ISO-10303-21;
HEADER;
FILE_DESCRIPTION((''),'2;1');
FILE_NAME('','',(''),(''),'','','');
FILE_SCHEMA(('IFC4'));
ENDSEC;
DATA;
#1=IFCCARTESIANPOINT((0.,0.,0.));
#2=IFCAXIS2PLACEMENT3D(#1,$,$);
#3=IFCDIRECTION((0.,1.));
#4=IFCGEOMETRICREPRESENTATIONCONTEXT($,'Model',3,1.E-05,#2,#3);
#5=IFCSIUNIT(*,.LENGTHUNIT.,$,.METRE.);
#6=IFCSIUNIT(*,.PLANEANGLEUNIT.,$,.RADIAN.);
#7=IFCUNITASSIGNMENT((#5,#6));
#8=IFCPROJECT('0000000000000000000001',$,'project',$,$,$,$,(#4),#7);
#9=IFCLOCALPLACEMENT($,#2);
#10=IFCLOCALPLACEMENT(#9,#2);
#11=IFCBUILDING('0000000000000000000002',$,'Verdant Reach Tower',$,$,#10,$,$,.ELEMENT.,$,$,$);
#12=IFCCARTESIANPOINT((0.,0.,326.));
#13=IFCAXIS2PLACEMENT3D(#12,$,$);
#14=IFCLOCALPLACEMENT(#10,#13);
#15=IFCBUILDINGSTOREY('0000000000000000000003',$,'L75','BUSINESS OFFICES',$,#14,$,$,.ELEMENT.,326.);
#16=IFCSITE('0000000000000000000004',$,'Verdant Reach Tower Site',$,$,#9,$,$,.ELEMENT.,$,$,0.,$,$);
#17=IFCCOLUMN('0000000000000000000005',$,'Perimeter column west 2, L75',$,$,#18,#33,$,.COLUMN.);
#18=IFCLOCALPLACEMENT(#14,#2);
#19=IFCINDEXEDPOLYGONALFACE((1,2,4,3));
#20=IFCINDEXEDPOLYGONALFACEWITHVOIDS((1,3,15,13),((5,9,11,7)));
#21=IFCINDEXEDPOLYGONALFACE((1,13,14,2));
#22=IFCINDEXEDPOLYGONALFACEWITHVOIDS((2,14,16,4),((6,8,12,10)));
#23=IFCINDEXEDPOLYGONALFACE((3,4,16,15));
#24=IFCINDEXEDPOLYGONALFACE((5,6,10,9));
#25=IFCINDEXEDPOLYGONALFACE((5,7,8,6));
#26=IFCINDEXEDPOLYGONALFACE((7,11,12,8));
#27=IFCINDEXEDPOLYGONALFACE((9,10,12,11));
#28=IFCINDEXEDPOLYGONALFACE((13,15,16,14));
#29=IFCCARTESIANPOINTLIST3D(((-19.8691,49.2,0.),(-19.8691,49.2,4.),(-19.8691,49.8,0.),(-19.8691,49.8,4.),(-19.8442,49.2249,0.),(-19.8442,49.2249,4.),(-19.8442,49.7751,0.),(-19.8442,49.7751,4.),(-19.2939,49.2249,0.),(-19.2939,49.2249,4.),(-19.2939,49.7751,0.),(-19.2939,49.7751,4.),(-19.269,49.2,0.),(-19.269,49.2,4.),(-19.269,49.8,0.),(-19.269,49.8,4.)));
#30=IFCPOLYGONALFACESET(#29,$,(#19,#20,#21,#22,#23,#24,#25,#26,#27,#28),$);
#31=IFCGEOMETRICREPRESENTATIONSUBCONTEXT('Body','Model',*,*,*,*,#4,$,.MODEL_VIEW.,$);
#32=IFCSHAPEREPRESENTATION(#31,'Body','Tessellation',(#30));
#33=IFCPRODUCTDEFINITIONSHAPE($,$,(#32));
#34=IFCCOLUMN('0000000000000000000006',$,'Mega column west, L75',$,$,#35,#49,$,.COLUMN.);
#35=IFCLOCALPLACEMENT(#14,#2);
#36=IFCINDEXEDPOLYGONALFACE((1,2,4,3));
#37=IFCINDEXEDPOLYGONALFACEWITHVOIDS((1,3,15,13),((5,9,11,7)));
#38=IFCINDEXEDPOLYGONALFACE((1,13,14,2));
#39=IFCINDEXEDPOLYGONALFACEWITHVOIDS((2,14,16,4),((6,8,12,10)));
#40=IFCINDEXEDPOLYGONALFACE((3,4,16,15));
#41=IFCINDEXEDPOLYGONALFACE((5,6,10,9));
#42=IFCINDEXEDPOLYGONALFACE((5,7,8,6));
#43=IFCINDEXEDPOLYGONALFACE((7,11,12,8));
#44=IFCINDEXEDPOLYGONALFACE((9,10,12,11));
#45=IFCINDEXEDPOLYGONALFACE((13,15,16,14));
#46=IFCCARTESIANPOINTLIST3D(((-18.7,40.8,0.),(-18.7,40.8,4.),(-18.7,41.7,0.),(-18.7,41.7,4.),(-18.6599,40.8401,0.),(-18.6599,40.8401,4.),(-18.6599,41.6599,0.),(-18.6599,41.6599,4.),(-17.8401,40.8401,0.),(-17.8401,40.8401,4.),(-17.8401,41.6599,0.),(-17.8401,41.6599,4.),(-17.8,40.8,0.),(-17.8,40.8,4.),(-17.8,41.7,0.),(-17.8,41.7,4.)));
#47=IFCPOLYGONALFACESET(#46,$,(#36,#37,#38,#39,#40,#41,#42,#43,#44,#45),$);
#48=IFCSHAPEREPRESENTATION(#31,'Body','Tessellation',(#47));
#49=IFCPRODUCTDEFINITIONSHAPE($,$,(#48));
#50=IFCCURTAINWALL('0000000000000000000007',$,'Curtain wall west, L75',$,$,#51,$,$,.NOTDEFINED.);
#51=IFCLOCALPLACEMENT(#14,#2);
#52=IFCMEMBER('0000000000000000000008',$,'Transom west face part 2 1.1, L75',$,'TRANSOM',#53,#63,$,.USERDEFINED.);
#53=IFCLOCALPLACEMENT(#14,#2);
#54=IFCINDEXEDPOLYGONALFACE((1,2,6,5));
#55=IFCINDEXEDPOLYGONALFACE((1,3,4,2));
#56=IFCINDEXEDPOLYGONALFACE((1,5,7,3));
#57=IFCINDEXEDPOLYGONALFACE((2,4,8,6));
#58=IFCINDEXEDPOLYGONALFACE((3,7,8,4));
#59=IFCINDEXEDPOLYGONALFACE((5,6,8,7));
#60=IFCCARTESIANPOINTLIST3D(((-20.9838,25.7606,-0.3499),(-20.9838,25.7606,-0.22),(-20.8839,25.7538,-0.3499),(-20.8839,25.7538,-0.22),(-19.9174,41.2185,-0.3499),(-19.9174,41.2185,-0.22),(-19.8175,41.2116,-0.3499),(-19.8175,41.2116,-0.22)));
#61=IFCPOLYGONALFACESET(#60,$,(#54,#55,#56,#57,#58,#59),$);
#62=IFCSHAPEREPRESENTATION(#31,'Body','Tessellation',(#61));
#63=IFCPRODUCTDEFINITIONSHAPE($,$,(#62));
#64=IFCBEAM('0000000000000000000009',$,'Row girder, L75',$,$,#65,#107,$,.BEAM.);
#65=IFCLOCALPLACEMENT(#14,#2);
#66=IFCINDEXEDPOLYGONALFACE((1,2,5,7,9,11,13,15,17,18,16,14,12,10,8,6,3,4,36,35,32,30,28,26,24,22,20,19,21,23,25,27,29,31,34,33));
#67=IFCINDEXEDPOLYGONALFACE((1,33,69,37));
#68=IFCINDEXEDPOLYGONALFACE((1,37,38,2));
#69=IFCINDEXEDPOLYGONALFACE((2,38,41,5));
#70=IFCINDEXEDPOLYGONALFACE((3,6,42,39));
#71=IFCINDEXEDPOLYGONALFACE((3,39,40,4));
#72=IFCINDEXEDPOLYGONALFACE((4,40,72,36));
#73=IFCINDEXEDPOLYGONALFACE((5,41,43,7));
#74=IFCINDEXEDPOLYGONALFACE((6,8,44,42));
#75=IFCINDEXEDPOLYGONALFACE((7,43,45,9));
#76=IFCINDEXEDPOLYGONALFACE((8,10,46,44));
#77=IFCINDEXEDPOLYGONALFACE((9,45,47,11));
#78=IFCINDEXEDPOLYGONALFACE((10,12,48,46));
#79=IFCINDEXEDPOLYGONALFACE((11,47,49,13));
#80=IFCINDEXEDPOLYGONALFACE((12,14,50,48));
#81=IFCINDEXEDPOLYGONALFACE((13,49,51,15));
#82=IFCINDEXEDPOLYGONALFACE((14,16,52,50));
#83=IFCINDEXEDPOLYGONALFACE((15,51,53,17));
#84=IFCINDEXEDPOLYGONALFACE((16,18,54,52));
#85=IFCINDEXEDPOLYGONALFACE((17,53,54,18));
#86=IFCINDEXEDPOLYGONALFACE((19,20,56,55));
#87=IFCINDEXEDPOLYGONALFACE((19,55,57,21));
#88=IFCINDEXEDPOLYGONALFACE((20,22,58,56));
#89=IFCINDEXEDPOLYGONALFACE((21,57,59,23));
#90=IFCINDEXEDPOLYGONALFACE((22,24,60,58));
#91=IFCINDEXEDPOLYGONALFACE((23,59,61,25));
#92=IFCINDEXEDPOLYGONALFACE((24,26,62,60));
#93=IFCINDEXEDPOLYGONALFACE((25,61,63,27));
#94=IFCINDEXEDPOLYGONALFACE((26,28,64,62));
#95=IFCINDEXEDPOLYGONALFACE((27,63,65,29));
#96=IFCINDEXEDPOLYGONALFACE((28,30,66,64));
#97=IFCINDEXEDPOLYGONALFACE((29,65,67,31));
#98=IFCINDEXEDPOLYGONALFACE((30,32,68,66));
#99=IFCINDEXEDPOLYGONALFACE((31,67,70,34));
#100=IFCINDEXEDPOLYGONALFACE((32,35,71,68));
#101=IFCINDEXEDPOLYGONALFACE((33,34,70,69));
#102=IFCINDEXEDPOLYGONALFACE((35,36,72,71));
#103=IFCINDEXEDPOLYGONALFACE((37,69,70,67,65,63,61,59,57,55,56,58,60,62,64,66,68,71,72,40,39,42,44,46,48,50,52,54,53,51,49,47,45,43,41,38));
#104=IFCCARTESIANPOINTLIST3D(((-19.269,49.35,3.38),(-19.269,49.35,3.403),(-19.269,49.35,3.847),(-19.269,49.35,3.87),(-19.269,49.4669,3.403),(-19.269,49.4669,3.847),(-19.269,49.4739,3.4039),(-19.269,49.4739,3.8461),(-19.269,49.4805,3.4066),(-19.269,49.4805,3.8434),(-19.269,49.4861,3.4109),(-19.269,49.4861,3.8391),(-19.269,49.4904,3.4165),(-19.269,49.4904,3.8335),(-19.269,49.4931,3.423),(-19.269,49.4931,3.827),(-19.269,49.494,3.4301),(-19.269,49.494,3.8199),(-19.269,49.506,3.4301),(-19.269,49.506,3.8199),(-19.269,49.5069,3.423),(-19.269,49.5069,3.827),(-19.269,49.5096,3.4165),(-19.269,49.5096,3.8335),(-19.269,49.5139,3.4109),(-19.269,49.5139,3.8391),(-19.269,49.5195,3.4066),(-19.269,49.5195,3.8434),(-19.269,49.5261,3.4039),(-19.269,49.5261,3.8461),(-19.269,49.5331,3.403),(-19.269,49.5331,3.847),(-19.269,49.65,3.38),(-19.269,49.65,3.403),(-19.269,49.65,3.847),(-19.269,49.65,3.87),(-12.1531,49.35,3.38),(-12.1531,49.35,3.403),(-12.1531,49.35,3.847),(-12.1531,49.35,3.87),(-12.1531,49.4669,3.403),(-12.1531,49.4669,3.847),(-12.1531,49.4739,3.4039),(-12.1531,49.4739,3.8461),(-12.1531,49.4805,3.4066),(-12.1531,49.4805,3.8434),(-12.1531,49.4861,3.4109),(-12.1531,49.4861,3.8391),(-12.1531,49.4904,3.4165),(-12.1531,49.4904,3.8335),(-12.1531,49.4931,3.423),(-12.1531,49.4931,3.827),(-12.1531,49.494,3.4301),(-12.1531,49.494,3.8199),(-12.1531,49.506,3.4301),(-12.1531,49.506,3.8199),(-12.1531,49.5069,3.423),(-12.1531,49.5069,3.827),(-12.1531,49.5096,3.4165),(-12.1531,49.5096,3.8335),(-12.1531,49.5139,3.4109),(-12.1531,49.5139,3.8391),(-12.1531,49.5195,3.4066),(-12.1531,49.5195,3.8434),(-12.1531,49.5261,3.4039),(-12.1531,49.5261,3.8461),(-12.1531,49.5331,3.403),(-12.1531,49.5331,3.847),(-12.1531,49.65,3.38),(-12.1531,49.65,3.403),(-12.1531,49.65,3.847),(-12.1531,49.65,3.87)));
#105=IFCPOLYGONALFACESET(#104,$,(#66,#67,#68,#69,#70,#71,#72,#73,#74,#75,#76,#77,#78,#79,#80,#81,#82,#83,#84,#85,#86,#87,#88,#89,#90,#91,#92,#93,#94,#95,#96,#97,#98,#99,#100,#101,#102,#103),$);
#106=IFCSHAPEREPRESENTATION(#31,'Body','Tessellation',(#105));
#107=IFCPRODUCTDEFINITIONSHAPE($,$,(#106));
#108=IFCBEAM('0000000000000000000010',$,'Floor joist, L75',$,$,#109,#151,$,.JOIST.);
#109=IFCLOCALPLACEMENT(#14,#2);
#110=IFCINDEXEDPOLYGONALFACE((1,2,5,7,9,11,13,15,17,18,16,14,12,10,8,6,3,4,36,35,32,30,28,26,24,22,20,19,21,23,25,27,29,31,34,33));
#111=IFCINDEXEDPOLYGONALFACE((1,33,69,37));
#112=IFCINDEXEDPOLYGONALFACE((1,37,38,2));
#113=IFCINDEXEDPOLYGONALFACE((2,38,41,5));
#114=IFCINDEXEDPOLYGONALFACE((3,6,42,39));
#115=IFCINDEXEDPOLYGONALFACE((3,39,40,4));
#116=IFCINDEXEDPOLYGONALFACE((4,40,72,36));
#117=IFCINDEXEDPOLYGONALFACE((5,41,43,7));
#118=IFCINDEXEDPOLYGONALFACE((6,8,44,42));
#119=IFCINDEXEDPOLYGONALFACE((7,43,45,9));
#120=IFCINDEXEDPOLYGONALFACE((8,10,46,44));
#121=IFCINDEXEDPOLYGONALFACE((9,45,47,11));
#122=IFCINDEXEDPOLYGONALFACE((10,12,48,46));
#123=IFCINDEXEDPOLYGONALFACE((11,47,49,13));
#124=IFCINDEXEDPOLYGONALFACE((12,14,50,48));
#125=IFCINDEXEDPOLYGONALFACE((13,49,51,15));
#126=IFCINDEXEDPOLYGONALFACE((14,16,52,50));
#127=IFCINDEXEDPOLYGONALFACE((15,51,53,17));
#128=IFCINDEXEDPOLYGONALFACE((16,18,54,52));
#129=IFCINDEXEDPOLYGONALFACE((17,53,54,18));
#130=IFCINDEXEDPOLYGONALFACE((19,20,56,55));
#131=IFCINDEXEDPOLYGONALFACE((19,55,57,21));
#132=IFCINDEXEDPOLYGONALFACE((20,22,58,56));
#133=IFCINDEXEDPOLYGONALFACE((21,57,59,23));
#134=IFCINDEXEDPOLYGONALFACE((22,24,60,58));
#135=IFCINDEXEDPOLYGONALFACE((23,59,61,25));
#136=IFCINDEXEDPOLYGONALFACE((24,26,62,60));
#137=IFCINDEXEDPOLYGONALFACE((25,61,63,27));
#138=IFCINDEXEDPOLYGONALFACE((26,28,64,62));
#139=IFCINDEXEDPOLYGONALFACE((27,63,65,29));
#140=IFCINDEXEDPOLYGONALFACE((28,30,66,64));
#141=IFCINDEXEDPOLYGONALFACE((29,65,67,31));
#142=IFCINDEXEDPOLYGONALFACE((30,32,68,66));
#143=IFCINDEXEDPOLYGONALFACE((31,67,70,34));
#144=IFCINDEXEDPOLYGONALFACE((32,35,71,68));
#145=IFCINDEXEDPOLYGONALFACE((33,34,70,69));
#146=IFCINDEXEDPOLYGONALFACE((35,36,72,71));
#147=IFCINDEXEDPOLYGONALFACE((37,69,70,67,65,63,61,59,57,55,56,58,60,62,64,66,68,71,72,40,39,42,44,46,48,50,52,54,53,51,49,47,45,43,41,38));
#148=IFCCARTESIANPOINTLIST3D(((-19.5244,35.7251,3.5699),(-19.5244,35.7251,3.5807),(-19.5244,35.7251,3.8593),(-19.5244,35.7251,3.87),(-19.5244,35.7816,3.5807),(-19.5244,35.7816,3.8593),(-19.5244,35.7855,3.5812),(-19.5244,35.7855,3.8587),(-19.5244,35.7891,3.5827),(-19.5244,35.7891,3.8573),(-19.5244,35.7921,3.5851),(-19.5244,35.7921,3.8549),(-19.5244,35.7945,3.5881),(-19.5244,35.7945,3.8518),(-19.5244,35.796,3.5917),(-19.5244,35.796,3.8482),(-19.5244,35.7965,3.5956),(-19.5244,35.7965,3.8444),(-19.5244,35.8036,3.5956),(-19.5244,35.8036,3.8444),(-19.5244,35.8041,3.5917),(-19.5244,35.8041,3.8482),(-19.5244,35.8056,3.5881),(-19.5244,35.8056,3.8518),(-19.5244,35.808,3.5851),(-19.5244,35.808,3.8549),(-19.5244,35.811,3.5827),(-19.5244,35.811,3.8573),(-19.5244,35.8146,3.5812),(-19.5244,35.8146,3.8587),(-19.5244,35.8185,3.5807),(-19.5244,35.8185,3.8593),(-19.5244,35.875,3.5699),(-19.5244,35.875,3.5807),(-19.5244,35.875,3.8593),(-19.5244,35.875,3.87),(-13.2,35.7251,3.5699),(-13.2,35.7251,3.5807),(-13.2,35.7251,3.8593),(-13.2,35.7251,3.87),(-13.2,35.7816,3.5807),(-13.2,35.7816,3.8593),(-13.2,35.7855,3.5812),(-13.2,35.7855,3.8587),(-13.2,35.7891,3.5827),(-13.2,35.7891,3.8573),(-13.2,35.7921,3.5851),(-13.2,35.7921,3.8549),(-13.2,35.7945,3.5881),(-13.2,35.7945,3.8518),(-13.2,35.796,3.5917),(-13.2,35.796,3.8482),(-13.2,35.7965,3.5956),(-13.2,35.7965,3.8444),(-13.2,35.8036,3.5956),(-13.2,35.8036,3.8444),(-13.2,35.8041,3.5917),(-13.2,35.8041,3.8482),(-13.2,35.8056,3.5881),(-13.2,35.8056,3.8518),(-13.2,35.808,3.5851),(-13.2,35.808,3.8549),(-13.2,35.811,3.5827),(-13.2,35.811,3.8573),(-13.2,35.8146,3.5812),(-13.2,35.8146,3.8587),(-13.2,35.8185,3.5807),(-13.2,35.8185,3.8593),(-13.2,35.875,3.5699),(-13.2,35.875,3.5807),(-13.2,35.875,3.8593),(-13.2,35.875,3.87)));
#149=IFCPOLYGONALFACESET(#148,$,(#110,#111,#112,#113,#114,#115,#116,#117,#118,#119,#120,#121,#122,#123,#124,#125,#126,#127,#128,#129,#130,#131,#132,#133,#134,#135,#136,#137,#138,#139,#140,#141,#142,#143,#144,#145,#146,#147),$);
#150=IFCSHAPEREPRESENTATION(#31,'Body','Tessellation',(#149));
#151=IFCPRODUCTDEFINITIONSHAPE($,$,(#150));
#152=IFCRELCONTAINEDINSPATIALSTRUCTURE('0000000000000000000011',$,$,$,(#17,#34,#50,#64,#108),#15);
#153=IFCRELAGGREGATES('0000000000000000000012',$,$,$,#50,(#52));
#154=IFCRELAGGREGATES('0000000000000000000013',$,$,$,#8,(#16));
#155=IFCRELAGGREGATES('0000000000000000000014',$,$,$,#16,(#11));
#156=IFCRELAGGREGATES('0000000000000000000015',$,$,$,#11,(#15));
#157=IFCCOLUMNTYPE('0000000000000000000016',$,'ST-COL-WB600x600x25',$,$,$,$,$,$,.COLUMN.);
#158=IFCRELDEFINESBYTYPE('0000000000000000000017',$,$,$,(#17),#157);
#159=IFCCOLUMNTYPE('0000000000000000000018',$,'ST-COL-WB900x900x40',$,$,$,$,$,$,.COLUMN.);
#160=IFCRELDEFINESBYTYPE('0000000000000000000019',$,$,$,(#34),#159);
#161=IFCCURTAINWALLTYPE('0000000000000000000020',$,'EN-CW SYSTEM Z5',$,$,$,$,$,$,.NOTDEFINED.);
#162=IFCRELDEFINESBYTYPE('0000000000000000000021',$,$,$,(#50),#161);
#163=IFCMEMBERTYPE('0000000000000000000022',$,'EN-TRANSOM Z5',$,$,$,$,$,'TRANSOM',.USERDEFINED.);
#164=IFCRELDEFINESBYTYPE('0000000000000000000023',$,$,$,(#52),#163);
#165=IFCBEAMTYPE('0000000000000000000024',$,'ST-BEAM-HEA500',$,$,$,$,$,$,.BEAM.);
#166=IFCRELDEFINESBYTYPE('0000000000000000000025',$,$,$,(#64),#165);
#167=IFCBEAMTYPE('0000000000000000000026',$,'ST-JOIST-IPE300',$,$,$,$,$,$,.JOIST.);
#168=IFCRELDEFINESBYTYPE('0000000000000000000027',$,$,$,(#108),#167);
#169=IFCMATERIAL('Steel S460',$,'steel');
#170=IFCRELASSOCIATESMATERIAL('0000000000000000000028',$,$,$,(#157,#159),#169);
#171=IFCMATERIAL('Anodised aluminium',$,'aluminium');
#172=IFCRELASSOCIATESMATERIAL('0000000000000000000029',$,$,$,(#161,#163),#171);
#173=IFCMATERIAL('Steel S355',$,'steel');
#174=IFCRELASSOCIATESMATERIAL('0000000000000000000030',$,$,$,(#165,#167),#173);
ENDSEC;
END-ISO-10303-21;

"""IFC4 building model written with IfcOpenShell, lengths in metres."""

from ifc_helpers import new_model, si_unit, direction, frame, origin, origin_2d, place, context, subcontext, project, spatial, rectangle, hollow_rectangle, i_section, extrude, material, material_profile, profile_set, type_object, element, aggregate, save


model = new_model("IFC4")

# Units and contexts
model_context = context("Model", 3, precision=1e-05, world=origin(), true_north=direction((0.0, 1.0)))
body_context = subcontext(model_context, "Body", "Model", "MODEL_VIEW")
ifc_project = project(units=[si_unit("LENGTHUNIT", "METRE"), si_unit("PLANEANGLEUNIT", "RADIAN")], contexts=[model_context])

# Site, building, storey
site_placement = place(None, origin())
site = spatial("IfcSite", under=ifc_project, at=site_placement, Name="Verdant Reach Tower Site", CompositionType="ELEMENT", RefElevation=0.0)
building_placement = place(site_placement, origin())
building = spatial("IfcBuilding", under=site, at=building_placement, Name="Verdant Reach Tower", CompositionType="ELEMENT")
storey_placement = place(building_placement, frame((0.0, 0.0, 326.0)))
storey = spatial("IfcBuildingStorey", under=building, at=storey_placement, Name="L75", Description="BUSINESS OFFICES", CompositionType="ELEMENT", Elevation=326.0)

# Columns
ifc_material_1 = material(Name="Steel S460", Category="steel")
ifc_material_profile_1 = material_profile(ifc_material_1, hollow_rectangle(XDim=0.6001, YDim=0.6001, WallThickness=0.0249, at=origin_2d()), Name="WB 600x600x25")
ifc_profile_set_1 = profile_set([ifc_material_profile_1], Name="Steel S460")
column_type_1 = type_object("IfcColumnType", Name="ST-COL-WB600x600x25", PredefinedType="COLUMN", material=ifc_profile_set_1)
column_1_placement = place(storey_placement, frame((-19.5691, 49.5, 0.0), z_axis=(0.0, 0.0, 1.0), x_axis=(1.0, 0.0, 0.0)))
element("IfcColumn", 1, at=column_1_placement, inside=storey, type_object=column_type_1, Name="Perimeter column west 2, L75", PredefinedType="COLUMN", context=body_context, shape_type="SweptSolid", body=[
    extrude(hollow_rectangle(XDim=0.6001, YDim=0.6001, WallThickness=0.0249, at=origin_2d()), origin(), (0.0, 0.0, 1.0), 4.0),
])
ifc_material_profile_2 = material_profile(ifc_material_1, hollow_rectangle(XDim=0.8999, YDim=0.8999, WallThickness=0.04, at=origin_2d()), Name="WB 900x900x40")
ifc_profile_set_2 = profile_set([ifc_material_profile_2], Name="Steel S460")
column_type_2 = type_object("IfcColumnType", Name="ST-COL-WB900x900x40", PredefinedType="COLUMN", material=ifc_profile_set_2)
column_2_placement = place(storey_placement, frame((-18.25, 41.25, 0.0), z_axis=(0.0, 0.0, 1.0), x_axis=(1.0, 0.0, 0.0)))
element("IfcColumn", 2, at=column_2_placement, inside=storey, type_object=column_type_2, Name="Mega column west, L75", PredefinedType="COLUMN", context=body_context, shape_type="SweptSolid", body=[
    extrude(hollow_rectangle(XDim=0.8999, YDim=0.8999, WallThickness=0.04, at=origin_2d()), origin(), (0.0, 0.0, 1.0), 4.0),
])

# Curtain wall, member
ifc_material_2 = material(Name="Anodised aluminium", Category="aluminium")
curtain_wall_type = type_object("IfcCurtainWallType", Name="EN-CW SYSTEM Z5", PredefinedType="NOTDEFINED", material=ifc_material_2)
curtain_wall_placement = place(storey_placement, origin())
curtain_wall = element("IfcCurtainWall", 3, at=curtain_wall_placement, inside=storey, type_object=curtain_wall_type, Name="Curtain wall west, L75", PredefinedType="NOTDEFINED")
ifc_material_profile_3 = material_profile(ifc_material_2, rectangle(XDim=0.1001, YDim=0.1299, at=origin_2d()), Name="Transom 130x100")
ifc_profile_set_3 = profile_set([ifc_material_profile_3], Name="Anodised aluminium")
member_type = type_object("IfcMemberType", Name="EN-TRANSOM Z5", ElementType="TRANSOM", PredefinedType="USERDEFINED", material=ifc_profile_set_3)
member_placement = place(storey_placement, frame((-19.8674, 41.2151, -0.2849), z_axis=(-0.068824, -0.997629, 0.0), x_axis=(0.997629, -0.068824, 0.0)))
member = element("IfcMember", 4, at=member_placement, type_object=member_type, Name="Transom west face part 2 1.1, L75", ObjectType="TRANSOM", PredefinedType="USERDEFINED", context=body_context, shape_type="SweptSolid", body=[
    extrude(rectangle(XDim=0.1001, YDim=0.1299, at=origin_2d()), origin(), (0.0, 0.0, 1.0), 15.4946),
])

# Beams
ifc_material_3 = material(Name="Steel S355", Category="steel")
ifc_material_profile_4 = material_profile(ifc_material_3, i_section(OverallWidth=0.3, OverallDepth=0.49, WebThickness=0.012, FlangeThickness=0.0229, FilletRadius=0.0271, at=origin_2d()), Name="HEA 500")
ifc_profile_set_4 = profile_set([ifc_material_profile_4], Name="Steel S355")
beam_type_1 = type_object("IfcBeamType", Name="ST-BEAM-HEA500", PredefinedType="BEAM", material=ifc_profile_set_4)
beam_1_placement = place(storey_placement, frame((-19.269, 49.5, 3.625), z_axis=(1.0, 0.0, 0.0), x_axis=(0.0, 1.0, 0.0)))
element("IfcBeam", 5, at=beam_1_placement, inside=storey, type_object=beam_type_1, Name="Row girder, L75", PredefinedType="BEAM", context=body_context, shape_type="SweptSolid", body=[
    extrude(i_section(OverallWidth=0.3, OverallDepth=0.49, WebThickness=0.012, FlangeThickness=0.0229, FilletRadius=0.0271, at=origin_2d()), origin(), (0.0, 0.0, 1.0), 7.116),
])
ifc_material_profile_5 = material_profile(ifc_material_3, i_section(OverallWidth=0.1499, OverallDepth=0.3, WebThickness=0.0071, FlangeThickness=0.0107, FilletRadius=0.0149, at=origin_2d()), Name="IPE 300")
ifc_profile_set_5 = profile_set([ifc_material_profile_5], Name="Steel S355")
beam_type_2 = type_object("IfcBeamType", Name="ST-JOIST-IPE300", PredefinedType="JOIST", material=ifc_profile_set_5)
beam_2_placement = place(storey_placement, frame((-13.2, 35.8, 3.72), z_axis=(-1.0, 0.0, 0.0), x_axis=(0.0, -1.0, 0.0)))
element("IfcBeam", 6, at=beam_2_placement, inside=storey, type_object=beam_type_2, Name="Floor joist, L75", PredefinedType="JOIST", context=body_context, shape_type="SweptSolid", body=[
    extrude(i_section(OverallWidth=0.1499, OverallDepth=0.3, WebThickness=0.0071, FlangeThickness=0.0107, FilletRadius=0.0149, at=origin_2d()), origin(), (0.0, 0.0, 1.0), 6.3245),
])

aggregate(curtain_wall, [member])

save(model, "model.ifc")
